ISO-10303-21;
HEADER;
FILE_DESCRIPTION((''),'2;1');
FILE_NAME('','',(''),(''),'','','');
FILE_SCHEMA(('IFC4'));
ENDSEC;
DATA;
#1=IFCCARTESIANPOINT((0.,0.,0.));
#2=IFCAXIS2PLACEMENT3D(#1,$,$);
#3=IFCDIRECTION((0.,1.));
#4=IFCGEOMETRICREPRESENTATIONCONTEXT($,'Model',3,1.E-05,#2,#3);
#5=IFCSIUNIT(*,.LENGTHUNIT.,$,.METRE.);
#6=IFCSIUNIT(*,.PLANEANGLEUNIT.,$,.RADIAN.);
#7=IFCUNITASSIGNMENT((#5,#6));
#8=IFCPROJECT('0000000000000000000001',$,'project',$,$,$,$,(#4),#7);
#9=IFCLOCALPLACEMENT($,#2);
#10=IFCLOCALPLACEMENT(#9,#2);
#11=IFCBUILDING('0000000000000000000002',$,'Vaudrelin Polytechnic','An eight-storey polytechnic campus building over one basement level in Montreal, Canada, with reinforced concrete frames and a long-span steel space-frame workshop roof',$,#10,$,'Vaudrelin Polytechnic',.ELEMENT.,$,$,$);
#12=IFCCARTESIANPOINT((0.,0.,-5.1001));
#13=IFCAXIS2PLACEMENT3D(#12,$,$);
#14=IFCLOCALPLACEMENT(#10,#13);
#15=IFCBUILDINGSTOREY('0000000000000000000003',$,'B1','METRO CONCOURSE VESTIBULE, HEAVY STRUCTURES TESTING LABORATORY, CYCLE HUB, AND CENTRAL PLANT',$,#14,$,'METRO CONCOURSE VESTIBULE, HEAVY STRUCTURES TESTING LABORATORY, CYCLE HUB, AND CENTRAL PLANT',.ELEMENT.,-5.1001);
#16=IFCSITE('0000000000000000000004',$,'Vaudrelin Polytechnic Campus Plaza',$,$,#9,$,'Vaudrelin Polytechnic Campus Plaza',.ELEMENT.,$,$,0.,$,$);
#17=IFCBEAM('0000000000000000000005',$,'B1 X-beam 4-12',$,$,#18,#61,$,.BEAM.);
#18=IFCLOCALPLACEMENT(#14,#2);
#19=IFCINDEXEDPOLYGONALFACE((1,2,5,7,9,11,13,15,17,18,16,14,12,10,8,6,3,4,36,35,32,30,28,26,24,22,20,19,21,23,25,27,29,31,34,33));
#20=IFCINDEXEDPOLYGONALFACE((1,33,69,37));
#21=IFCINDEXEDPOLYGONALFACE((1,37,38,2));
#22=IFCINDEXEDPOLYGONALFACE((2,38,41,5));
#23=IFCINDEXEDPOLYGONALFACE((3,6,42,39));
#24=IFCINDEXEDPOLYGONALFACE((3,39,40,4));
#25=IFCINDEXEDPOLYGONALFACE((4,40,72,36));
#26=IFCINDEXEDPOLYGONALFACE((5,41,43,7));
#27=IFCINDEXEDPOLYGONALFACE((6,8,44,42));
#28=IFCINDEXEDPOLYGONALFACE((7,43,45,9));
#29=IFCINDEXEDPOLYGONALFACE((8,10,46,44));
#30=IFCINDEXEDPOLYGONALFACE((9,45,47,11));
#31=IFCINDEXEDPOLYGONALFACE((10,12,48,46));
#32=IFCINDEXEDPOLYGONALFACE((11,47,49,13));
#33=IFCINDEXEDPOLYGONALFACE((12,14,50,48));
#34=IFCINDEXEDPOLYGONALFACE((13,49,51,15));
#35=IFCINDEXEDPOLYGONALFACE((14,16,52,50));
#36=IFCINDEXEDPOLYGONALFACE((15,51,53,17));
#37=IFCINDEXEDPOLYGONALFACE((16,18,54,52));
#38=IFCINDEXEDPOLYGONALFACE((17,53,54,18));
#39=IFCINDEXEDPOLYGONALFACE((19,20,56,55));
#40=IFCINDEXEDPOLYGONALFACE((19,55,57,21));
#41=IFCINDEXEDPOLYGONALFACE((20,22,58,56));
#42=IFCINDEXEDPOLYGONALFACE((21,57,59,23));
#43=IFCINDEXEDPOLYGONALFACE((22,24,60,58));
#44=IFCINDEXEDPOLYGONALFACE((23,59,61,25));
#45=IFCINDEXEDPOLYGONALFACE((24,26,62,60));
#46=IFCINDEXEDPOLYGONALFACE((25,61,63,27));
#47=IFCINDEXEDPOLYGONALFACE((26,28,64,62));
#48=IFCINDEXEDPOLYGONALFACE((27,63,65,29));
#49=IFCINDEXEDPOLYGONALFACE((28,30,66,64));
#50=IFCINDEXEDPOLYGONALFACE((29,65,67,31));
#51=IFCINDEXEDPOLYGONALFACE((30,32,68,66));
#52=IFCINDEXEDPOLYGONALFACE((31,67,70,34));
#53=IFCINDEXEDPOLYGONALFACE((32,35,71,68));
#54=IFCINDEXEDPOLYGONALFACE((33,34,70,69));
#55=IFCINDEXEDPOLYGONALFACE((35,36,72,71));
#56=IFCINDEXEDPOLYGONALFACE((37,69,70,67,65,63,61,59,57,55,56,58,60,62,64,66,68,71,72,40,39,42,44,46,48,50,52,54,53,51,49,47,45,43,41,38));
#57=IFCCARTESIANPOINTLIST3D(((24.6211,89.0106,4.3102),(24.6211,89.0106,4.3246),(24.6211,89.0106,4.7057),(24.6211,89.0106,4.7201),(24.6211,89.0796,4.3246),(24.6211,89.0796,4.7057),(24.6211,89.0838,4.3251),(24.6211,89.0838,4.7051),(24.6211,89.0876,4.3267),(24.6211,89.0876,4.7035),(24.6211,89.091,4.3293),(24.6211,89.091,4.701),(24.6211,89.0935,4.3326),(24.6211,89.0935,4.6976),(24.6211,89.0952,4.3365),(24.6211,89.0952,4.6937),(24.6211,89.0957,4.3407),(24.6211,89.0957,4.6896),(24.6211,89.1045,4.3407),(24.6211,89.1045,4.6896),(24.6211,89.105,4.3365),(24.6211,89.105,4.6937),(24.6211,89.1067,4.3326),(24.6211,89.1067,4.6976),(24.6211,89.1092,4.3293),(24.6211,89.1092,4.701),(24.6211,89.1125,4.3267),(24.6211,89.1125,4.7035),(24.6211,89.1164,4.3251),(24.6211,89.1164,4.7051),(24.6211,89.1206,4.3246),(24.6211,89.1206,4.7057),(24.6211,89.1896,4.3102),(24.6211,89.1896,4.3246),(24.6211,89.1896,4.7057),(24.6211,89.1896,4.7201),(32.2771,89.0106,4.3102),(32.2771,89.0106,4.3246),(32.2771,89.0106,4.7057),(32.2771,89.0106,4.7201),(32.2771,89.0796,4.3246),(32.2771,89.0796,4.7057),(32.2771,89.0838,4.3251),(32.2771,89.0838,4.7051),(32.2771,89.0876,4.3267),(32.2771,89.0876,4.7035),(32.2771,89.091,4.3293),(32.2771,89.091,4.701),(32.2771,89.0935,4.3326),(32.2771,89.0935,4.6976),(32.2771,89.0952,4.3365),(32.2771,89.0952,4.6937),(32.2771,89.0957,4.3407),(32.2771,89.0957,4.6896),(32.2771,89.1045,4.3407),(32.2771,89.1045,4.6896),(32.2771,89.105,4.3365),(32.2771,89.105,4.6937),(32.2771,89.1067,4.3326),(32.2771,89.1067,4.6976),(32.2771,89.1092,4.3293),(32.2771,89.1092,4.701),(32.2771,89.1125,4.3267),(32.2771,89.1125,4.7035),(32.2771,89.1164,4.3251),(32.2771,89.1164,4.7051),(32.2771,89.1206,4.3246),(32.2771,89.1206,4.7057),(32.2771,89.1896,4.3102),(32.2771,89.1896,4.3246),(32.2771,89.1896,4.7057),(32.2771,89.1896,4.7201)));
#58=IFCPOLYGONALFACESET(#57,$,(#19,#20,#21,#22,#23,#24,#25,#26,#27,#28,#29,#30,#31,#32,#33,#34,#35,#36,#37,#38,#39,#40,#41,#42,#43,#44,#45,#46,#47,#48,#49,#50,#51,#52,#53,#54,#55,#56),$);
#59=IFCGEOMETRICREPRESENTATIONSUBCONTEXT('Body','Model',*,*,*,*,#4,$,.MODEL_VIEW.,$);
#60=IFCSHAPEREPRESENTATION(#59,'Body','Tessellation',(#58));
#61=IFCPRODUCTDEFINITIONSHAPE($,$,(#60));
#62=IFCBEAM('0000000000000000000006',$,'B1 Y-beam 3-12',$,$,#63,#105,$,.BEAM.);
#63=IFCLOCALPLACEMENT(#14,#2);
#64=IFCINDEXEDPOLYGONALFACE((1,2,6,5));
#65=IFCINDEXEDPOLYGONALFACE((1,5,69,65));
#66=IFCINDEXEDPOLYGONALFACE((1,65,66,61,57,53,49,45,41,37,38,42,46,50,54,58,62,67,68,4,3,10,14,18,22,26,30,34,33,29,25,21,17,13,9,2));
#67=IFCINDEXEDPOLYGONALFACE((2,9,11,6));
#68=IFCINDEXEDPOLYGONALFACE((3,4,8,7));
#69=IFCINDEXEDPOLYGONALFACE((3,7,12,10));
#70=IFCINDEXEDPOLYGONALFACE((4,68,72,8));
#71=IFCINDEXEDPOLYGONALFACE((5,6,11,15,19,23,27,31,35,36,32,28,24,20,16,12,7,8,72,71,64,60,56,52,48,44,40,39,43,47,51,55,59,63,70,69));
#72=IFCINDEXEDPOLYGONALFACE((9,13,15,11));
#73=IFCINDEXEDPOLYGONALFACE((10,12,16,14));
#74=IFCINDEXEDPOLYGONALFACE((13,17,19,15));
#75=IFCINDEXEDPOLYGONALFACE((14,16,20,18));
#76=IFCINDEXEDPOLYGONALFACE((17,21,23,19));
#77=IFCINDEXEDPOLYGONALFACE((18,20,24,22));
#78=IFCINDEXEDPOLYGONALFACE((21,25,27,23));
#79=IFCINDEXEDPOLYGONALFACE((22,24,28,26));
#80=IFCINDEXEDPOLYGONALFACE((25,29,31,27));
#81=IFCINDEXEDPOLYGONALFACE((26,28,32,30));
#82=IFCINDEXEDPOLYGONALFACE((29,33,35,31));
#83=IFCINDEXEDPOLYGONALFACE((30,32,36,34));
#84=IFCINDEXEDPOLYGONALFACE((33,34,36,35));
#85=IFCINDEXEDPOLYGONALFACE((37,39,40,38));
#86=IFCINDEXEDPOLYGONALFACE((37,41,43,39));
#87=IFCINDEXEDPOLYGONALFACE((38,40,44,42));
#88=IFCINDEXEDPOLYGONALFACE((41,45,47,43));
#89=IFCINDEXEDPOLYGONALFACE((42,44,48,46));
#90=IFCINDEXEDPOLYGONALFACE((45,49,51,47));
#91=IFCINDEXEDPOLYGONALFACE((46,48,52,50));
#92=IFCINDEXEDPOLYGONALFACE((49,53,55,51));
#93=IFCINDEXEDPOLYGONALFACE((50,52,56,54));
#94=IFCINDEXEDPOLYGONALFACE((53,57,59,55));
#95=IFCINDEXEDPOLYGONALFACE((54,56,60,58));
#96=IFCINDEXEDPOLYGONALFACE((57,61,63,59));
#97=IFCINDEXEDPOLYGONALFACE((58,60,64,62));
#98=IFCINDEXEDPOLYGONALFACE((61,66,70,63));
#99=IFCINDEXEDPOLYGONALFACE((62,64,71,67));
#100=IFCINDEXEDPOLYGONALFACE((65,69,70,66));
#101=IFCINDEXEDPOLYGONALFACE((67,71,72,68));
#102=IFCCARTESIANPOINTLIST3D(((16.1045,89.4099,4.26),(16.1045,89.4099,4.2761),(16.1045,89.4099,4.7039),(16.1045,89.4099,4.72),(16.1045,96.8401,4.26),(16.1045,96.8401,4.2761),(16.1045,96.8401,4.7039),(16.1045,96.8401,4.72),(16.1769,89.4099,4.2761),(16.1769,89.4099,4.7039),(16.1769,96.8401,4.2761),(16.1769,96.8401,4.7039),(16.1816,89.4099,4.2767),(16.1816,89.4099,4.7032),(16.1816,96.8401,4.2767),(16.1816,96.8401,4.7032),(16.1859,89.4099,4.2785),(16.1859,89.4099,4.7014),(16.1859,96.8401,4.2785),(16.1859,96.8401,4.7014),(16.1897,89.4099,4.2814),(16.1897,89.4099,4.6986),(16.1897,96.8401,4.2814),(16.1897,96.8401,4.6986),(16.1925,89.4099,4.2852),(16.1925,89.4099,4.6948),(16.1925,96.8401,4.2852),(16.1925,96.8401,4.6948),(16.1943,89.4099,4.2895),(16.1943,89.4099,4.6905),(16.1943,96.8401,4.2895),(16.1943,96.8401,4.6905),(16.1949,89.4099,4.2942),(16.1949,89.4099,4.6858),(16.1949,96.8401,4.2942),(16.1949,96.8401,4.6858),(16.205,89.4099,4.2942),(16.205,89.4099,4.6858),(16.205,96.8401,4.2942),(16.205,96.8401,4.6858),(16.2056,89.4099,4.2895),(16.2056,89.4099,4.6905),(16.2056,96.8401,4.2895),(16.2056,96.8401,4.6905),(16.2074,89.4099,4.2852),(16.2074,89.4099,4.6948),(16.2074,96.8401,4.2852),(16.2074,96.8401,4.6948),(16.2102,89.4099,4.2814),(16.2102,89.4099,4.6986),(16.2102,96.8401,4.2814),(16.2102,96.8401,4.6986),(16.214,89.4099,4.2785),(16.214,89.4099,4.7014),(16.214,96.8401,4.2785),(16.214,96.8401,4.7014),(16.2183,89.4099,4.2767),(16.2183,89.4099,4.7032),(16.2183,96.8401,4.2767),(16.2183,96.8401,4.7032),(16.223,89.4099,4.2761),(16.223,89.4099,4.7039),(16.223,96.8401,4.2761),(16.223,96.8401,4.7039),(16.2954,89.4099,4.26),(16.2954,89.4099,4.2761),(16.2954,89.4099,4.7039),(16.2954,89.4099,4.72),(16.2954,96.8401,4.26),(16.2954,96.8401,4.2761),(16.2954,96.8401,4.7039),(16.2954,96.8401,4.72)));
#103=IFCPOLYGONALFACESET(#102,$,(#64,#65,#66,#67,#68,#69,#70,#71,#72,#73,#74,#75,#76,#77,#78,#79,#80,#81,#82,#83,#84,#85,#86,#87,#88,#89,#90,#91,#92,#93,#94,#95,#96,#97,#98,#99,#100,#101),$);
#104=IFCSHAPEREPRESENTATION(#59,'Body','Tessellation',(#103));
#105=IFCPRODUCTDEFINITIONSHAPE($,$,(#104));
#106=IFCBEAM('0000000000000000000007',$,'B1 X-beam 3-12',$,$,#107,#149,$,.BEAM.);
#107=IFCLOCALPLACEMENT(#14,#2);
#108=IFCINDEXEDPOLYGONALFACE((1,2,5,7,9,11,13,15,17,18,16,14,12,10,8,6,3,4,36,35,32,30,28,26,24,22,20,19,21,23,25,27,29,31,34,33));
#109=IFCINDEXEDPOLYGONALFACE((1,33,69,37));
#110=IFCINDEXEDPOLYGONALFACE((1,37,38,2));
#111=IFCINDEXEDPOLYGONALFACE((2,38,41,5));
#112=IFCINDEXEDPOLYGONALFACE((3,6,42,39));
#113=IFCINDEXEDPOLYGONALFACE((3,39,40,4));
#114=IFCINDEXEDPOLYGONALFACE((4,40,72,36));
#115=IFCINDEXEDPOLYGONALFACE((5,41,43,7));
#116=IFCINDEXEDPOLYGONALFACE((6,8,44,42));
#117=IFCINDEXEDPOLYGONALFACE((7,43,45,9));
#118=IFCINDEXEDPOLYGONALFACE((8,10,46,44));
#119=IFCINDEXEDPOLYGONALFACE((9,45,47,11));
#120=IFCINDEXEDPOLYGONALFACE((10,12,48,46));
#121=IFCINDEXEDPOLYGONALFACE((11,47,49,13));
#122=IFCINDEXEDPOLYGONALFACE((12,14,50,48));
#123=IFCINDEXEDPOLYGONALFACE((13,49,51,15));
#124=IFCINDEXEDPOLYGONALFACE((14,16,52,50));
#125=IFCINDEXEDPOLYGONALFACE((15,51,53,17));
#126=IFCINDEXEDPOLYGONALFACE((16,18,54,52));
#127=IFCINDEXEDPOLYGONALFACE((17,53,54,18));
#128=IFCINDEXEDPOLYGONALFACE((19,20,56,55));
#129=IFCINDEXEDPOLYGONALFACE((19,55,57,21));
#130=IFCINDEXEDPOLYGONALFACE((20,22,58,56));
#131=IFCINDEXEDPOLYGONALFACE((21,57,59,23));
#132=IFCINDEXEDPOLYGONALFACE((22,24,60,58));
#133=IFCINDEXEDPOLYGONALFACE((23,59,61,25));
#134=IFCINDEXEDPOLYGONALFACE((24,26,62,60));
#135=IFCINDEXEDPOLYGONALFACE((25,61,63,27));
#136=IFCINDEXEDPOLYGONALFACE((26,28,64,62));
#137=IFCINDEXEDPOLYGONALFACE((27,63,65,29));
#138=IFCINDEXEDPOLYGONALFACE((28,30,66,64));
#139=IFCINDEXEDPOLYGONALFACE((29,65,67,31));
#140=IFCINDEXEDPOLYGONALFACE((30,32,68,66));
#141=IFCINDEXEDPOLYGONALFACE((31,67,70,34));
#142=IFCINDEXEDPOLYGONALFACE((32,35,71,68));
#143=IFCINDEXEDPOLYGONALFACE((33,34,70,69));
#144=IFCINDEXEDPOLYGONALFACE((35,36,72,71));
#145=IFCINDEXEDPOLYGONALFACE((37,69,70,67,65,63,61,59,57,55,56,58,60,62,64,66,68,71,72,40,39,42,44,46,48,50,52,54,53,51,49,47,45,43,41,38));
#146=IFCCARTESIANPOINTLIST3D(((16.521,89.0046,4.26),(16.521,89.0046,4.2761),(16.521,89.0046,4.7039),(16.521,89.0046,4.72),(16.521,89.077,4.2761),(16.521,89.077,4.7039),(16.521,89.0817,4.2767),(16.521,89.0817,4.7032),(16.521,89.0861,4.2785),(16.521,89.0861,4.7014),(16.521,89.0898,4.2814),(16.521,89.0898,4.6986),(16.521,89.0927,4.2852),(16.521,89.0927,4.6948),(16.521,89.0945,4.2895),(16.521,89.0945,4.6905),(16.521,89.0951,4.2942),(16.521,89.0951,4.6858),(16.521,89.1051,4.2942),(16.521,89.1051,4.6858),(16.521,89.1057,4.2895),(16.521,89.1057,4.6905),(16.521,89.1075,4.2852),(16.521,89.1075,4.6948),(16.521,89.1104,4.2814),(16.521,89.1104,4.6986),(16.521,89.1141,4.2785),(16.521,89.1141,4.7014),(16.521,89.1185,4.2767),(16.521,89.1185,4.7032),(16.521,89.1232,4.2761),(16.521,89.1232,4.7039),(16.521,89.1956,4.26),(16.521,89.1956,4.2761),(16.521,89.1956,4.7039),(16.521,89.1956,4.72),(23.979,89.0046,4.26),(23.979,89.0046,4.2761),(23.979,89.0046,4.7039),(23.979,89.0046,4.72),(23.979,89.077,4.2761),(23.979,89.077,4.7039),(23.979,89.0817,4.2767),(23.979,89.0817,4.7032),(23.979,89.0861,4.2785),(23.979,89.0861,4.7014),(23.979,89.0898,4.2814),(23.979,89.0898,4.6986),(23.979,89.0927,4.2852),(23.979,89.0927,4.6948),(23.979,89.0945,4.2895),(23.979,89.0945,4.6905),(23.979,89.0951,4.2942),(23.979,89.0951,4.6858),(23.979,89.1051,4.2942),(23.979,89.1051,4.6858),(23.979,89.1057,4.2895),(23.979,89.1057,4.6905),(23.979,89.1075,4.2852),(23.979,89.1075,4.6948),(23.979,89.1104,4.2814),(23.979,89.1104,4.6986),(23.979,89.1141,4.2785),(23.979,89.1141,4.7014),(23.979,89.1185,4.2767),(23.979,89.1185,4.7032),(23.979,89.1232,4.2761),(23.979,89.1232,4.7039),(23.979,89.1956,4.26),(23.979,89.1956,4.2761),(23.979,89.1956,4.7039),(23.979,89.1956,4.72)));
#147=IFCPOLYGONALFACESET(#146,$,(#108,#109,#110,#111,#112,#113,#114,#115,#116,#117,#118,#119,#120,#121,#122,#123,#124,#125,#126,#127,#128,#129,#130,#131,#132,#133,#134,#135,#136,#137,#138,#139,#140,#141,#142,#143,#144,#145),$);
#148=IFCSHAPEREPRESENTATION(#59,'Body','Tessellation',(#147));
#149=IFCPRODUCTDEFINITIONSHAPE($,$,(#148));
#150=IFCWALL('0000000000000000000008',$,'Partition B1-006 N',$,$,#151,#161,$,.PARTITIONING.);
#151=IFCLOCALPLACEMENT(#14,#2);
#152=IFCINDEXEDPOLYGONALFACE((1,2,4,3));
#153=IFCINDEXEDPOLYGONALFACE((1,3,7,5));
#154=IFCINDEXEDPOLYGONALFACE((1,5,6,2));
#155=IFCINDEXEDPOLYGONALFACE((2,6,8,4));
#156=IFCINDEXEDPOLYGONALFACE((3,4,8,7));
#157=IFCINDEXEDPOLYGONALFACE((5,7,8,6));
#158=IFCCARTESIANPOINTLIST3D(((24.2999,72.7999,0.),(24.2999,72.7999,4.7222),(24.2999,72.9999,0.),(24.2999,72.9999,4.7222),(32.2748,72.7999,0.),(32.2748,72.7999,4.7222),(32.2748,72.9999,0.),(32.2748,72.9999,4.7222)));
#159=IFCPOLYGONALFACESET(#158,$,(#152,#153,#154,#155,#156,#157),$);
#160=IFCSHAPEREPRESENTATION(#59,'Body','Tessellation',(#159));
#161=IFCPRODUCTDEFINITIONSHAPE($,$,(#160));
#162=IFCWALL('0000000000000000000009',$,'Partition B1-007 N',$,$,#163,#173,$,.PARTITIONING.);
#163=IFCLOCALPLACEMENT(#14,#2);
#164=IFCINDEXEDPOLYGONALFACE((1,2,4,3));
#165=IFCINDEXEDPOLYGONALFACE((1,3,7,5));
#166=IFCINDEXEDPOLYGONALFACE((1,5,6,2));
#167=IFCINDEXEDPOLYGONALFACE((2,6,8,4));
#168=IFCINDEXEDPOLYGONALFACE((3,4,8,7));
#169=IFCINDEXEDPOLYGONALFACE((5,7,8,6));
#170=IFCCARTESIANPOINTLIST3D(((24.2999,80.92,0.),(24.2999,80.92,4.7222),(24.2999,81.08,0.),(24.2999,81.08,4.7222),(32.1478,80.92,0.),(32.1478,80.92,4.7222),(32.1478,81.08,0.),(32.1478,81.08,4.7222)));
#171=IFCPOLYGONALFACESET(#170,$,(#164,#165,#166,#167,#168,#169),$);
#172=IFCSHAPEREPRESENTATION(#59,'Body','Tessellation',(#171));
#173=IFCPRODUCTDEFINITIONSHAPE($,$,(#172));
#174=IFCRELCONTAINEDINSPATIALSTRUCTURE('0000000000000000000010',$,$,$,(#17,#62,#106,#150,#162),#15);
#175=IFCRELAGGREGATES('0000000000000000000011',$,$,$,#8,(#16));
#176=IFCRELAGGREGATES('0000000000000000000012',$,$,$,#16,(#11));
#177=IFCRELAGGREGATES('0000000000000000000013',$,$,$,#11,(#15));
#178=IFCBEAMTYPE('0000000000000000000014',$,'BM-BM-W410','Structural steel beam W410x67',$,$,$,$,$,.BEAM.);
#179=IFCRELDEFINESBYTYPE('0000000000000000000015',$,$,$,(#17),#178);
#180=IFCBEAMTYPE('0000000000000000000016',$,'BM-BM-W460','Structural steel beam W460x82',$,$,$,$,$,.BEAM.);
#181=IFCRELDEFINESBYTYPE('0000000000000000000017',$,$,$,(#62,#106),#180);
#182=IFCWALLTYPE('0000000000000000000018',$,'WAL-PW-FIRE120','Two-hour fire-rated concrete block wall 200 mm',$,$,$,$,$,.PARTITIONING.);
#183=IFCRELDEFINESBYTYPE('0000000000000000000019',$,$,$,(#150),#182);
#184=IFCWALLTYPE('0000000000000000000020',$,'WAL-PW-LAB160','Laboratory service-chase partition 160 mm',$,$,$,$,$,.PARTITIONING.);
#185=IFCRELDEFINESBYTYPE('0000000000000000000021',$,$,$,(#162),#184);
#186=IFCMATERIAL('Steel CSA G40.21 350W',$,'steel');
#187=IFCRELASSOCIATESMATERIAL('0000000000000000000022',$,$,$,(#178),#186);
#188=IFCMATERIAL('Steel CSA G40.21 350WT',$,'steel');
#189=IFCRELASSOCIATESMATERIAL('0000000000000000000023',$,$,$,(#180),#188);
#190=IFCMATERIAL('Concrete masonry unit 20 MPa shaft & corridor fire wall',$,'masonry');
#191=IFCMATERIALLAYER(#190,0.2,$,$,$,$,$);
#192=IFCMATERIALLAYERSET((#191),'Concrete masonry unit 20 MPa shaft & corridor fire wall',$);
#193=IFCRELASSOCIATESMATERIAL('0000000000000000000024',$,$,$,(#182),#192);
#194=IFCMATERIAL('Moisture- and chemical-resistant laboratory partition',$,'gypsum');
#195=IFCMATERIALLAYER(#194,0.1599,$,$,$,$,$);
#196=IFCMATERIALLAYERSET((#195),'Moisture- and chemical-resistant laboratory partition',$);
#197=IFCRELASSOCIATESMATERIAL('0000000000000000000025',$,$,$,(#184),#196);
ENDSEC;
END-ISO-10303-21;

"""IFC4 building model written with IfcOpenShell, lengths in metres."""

from ifc_helpers import new_model, si_unit, direction, frame, frame_2d, origin, origin_2d, place, context, subcontext, project, spatial, rectangle, i_section, extrude, material, layer, layer_set, material_profile, profile_set, type_object, element, save


model = new_model("IFC4")

# Units and contexts
model_context = context("Model", 3, precision=1e-05, world=origin(), true_north=direction((0.0, 1.0)))
body_context = subcontext(model_context, "Body", "Model", "MODEL_VIEW")
ifc_project = project(units=[si_unit("LENGTHUNIT", "METRE"), si_unit("PLANEANGLEUNIT", "RADIAN")], contexts=[model_context])

# Site, building, storey
site_placement = place(None, origin())
site = spatial("IfcSite", under=ifc_project, at=site_placement, Name="Vaudrelin Polytechnic Campus Plaza", LongName="Vaudrelin Polytechnic Campus Plaza", CompositionType="ELEMENT", RefElevation=0.0)
building_placement = place(site_placement, origin())
building = spatial("IfcBuilding", under=site, at=building_placement, Name="Vaudrelin Polytechnic", Description="An eight-storey polytechnic campus building over one basement level in Montreal, Canada, with reinforced concrete frames and a long-span steel space-frame workshop roof", LongName="Vaudrelin Polytechnic", CompositionType="ELEMENT")
storey_placement = place(building_placement, frame((0.0, 0.0, -5.1001)))
storey = spatial("IfcBuildingStorey", under=building, at=storey_placement, Name="B1", Description="METRO CONCOURSE VESTIBULE, HEAVY STRUCTURES TESTING LABORATORY, CYCLE HUB, AND CENTRAL PLANT", LongName="METRO CONCOURSE VESTIBULE, HEAVY STRUCTURES TESTING LABORATORY, CYCLE HUB, AND CENTRAL PLANT", CompositionType="ELEMENT", Elevation=-5.1001)

# Shared definitions
ifc_material_1 = material(Name="Steel CSA G40.21 350W", Category="steel")

# Beams
ifc_material_profile_1 = material_profile(ifc_material_1, i_section(OverallWidth=0.179, OverallDepth=0.4099, WebThickness=0.0088, FlangeThickness=0.0144, FilletRadius=0.0161, at=origin_2d()), Name="W410x67")
ifc_profile_set_1 = profile_set([ifc_material_profile_1], Name="Steel CSA G40.21 350W")
beam_type_1 = type_object("IfcBeamType", Name="BM-BM-W410", Description="Structural steel beam W410x67", PredefinedType="BEAM", material=ifc_profile_set_1)
beam_1_placement = place(storey_placement, frame((24.6211, 89.1001, 4.5151), z_axis=(1.0, 0.0, 0.0), x_axis=(0.0, 1.0, 0.0)))
element("IfcBeam", 1, at=beam_1_placement, inside=storey, type_object=beam_type_1, Name="B1 X-beam 4-12", PredefinedType="BEAM", context=body_context, shape_type="SweptSolid", body=[
    extrude(i_section(OverallWidth=0.179, OverallDepth=0.4099, WebThickness=0.0088, FlangeThickness=0.0144, FilletRadius=0.0161, at=origin_2d()), origin(), (0.0, 0.0, 1.0), 7.656),
])
ifc_material_2 = material(Name="Steel CSA G40.21 350WT", Category="steel")
ifc_material_profile_2 = material_profile(ifc_material_2, i_section(OverallWidth=0.1909, OverallDepth=0.46, WebThickness=0.01, FlangeThickness=0.0161, FilletRadius=0.0181, at=origin_2d()), Name="W460x82")
ifc_profile_set_2 = profile_set([ifc_material_profile_2], Name="Steel CSA G40.21 350WT")
beam_type_2 = type_object("IfcBeamType", Name="BM-BM-W460", Description="Structural steel beam W460x82", PredefinedType="BEAM", material=ifc_profile_set_2)
beam_2_placement = place(storey_placement, frame((16.2, 89.4099, 4.49), z_axis=(0.0, 1.0, 0.0), x_axis=(-1.0, 0.0, 0.0)))
element("IfcBeam", 2, at=beam_2_placement, inside=storey, type_object=beam_type_2, Name="B1 Y-beam 3-12", PredefinedType="BEAM", context=body_context, shape_type="SweptSolid", body=[
    extrude(i_section(OverallWidth=0.1909, OverallDepth=0.46, WebThickness=0.01, FlangeThickness=0.0161, FilletRadius=0.0181, at=origin_2d()), origin(), (0.0, 0.0, 1.0), 7.4302),
])
beam_3_placement = place(storey_placement, frame((16.521, 89.1001, 4.49), z_axis=(1.0, 0.0, 0.0), x_axis=(0.0, 1.0, 0.0)))
element("IfcBeam", 3, at=beam_3_placement, inside=storey, type_object=beam_type_2, Name="B1 X-beam 3-12", PredefinedType="BEAM", context=body_context, shape_type="SweptSolid", body=[
    extrude(i_section(OverallWidth=0.1909, OverallDepth=0.46, WebThickness=0.01, FlangeThickness=0.0161, FilletRadius=0.0181, at=origin_2d()), origin(), (0.0, 0.0, 1.0), 7.458),
])

# Walls
ifc_material_3 = material(Name="Concrete masonry unit 20 MPa shaft & corridor fire wall", Category="masonry")
ifc_layer_1 = layer(ifc_material_3, 0.2)
ifc_layer_set_1 = layer_set([ifc_layer_1], Name="Concrete masonry unit 20 MPa shaft & corridor fire wall")
wall_type_1 = type_object("IfcWallType", Name="WAL-PW-FIRE120", Description="Two-hour fire-rated concrete block wall 200 mm", PredefinedType="PARTITIONING", material=ifc_layer_set_1)
wall_1_placement = place(storey_placement, frame((24.3, 72.8999, 0.0), z_axis=(0.0, 0.0, 1.0), x_axis=(1.0, 0.0, 0.0)))
element("IfcWall", 4, at=wall_1_placement, inside=storey, type_object=wall_type_1, Name="Partition B1-006 N", PredefinedType="PARTITIONING", context=body_context, shape_type="SweptSolid", body=[
    extrude(rectangle(XDim=7.9749, YDim=0.2, at=frame_2d((3.9873, 0.0))), origin(), (0.0, 0.0, 1.0), 4.7222),
])
ifc_material_4 = material(Name="Moisture- and chemical-resistant laboratory partition", Category="gypsum")
ifc_layer_2 = layer(ifc_material_4, 0.1599)
ifc_layer_set_2 = layer_set([ifc_layer_2], Name="Moisture- and chemical-resistant laboratory partition")
wall_type_2 = type_object("IfcWallType", Name="WAL-PW-LAB160", Description="Laboratory service-chase partition 160 mm", PredefinedType="PARTITIONING", material=ifc_layer_set_2)
wall_2_placement = place(storey_placement, frame((24.3, 81.0, 0.0), z_axis=(0.0, 0.0, 1.0), x_axis=(1.0, 0.0, 0.0)))
element("IfcWall", 5, at=wall_2_placement, inside=storey, type_object=wall_type_2, Name="Partition B1-007 N", PredefinedType="PARTITIONING", context=body_context, shape_type="SweptSolid", body=[
    extrude(rectangle(XDim=7.8479, YDim=0.1599, at=frame_2d((3.9238, 0.0))), origin(), (0.0, 0.0, 1.0), 4.7222),
])

save(model, "model.ifc")
